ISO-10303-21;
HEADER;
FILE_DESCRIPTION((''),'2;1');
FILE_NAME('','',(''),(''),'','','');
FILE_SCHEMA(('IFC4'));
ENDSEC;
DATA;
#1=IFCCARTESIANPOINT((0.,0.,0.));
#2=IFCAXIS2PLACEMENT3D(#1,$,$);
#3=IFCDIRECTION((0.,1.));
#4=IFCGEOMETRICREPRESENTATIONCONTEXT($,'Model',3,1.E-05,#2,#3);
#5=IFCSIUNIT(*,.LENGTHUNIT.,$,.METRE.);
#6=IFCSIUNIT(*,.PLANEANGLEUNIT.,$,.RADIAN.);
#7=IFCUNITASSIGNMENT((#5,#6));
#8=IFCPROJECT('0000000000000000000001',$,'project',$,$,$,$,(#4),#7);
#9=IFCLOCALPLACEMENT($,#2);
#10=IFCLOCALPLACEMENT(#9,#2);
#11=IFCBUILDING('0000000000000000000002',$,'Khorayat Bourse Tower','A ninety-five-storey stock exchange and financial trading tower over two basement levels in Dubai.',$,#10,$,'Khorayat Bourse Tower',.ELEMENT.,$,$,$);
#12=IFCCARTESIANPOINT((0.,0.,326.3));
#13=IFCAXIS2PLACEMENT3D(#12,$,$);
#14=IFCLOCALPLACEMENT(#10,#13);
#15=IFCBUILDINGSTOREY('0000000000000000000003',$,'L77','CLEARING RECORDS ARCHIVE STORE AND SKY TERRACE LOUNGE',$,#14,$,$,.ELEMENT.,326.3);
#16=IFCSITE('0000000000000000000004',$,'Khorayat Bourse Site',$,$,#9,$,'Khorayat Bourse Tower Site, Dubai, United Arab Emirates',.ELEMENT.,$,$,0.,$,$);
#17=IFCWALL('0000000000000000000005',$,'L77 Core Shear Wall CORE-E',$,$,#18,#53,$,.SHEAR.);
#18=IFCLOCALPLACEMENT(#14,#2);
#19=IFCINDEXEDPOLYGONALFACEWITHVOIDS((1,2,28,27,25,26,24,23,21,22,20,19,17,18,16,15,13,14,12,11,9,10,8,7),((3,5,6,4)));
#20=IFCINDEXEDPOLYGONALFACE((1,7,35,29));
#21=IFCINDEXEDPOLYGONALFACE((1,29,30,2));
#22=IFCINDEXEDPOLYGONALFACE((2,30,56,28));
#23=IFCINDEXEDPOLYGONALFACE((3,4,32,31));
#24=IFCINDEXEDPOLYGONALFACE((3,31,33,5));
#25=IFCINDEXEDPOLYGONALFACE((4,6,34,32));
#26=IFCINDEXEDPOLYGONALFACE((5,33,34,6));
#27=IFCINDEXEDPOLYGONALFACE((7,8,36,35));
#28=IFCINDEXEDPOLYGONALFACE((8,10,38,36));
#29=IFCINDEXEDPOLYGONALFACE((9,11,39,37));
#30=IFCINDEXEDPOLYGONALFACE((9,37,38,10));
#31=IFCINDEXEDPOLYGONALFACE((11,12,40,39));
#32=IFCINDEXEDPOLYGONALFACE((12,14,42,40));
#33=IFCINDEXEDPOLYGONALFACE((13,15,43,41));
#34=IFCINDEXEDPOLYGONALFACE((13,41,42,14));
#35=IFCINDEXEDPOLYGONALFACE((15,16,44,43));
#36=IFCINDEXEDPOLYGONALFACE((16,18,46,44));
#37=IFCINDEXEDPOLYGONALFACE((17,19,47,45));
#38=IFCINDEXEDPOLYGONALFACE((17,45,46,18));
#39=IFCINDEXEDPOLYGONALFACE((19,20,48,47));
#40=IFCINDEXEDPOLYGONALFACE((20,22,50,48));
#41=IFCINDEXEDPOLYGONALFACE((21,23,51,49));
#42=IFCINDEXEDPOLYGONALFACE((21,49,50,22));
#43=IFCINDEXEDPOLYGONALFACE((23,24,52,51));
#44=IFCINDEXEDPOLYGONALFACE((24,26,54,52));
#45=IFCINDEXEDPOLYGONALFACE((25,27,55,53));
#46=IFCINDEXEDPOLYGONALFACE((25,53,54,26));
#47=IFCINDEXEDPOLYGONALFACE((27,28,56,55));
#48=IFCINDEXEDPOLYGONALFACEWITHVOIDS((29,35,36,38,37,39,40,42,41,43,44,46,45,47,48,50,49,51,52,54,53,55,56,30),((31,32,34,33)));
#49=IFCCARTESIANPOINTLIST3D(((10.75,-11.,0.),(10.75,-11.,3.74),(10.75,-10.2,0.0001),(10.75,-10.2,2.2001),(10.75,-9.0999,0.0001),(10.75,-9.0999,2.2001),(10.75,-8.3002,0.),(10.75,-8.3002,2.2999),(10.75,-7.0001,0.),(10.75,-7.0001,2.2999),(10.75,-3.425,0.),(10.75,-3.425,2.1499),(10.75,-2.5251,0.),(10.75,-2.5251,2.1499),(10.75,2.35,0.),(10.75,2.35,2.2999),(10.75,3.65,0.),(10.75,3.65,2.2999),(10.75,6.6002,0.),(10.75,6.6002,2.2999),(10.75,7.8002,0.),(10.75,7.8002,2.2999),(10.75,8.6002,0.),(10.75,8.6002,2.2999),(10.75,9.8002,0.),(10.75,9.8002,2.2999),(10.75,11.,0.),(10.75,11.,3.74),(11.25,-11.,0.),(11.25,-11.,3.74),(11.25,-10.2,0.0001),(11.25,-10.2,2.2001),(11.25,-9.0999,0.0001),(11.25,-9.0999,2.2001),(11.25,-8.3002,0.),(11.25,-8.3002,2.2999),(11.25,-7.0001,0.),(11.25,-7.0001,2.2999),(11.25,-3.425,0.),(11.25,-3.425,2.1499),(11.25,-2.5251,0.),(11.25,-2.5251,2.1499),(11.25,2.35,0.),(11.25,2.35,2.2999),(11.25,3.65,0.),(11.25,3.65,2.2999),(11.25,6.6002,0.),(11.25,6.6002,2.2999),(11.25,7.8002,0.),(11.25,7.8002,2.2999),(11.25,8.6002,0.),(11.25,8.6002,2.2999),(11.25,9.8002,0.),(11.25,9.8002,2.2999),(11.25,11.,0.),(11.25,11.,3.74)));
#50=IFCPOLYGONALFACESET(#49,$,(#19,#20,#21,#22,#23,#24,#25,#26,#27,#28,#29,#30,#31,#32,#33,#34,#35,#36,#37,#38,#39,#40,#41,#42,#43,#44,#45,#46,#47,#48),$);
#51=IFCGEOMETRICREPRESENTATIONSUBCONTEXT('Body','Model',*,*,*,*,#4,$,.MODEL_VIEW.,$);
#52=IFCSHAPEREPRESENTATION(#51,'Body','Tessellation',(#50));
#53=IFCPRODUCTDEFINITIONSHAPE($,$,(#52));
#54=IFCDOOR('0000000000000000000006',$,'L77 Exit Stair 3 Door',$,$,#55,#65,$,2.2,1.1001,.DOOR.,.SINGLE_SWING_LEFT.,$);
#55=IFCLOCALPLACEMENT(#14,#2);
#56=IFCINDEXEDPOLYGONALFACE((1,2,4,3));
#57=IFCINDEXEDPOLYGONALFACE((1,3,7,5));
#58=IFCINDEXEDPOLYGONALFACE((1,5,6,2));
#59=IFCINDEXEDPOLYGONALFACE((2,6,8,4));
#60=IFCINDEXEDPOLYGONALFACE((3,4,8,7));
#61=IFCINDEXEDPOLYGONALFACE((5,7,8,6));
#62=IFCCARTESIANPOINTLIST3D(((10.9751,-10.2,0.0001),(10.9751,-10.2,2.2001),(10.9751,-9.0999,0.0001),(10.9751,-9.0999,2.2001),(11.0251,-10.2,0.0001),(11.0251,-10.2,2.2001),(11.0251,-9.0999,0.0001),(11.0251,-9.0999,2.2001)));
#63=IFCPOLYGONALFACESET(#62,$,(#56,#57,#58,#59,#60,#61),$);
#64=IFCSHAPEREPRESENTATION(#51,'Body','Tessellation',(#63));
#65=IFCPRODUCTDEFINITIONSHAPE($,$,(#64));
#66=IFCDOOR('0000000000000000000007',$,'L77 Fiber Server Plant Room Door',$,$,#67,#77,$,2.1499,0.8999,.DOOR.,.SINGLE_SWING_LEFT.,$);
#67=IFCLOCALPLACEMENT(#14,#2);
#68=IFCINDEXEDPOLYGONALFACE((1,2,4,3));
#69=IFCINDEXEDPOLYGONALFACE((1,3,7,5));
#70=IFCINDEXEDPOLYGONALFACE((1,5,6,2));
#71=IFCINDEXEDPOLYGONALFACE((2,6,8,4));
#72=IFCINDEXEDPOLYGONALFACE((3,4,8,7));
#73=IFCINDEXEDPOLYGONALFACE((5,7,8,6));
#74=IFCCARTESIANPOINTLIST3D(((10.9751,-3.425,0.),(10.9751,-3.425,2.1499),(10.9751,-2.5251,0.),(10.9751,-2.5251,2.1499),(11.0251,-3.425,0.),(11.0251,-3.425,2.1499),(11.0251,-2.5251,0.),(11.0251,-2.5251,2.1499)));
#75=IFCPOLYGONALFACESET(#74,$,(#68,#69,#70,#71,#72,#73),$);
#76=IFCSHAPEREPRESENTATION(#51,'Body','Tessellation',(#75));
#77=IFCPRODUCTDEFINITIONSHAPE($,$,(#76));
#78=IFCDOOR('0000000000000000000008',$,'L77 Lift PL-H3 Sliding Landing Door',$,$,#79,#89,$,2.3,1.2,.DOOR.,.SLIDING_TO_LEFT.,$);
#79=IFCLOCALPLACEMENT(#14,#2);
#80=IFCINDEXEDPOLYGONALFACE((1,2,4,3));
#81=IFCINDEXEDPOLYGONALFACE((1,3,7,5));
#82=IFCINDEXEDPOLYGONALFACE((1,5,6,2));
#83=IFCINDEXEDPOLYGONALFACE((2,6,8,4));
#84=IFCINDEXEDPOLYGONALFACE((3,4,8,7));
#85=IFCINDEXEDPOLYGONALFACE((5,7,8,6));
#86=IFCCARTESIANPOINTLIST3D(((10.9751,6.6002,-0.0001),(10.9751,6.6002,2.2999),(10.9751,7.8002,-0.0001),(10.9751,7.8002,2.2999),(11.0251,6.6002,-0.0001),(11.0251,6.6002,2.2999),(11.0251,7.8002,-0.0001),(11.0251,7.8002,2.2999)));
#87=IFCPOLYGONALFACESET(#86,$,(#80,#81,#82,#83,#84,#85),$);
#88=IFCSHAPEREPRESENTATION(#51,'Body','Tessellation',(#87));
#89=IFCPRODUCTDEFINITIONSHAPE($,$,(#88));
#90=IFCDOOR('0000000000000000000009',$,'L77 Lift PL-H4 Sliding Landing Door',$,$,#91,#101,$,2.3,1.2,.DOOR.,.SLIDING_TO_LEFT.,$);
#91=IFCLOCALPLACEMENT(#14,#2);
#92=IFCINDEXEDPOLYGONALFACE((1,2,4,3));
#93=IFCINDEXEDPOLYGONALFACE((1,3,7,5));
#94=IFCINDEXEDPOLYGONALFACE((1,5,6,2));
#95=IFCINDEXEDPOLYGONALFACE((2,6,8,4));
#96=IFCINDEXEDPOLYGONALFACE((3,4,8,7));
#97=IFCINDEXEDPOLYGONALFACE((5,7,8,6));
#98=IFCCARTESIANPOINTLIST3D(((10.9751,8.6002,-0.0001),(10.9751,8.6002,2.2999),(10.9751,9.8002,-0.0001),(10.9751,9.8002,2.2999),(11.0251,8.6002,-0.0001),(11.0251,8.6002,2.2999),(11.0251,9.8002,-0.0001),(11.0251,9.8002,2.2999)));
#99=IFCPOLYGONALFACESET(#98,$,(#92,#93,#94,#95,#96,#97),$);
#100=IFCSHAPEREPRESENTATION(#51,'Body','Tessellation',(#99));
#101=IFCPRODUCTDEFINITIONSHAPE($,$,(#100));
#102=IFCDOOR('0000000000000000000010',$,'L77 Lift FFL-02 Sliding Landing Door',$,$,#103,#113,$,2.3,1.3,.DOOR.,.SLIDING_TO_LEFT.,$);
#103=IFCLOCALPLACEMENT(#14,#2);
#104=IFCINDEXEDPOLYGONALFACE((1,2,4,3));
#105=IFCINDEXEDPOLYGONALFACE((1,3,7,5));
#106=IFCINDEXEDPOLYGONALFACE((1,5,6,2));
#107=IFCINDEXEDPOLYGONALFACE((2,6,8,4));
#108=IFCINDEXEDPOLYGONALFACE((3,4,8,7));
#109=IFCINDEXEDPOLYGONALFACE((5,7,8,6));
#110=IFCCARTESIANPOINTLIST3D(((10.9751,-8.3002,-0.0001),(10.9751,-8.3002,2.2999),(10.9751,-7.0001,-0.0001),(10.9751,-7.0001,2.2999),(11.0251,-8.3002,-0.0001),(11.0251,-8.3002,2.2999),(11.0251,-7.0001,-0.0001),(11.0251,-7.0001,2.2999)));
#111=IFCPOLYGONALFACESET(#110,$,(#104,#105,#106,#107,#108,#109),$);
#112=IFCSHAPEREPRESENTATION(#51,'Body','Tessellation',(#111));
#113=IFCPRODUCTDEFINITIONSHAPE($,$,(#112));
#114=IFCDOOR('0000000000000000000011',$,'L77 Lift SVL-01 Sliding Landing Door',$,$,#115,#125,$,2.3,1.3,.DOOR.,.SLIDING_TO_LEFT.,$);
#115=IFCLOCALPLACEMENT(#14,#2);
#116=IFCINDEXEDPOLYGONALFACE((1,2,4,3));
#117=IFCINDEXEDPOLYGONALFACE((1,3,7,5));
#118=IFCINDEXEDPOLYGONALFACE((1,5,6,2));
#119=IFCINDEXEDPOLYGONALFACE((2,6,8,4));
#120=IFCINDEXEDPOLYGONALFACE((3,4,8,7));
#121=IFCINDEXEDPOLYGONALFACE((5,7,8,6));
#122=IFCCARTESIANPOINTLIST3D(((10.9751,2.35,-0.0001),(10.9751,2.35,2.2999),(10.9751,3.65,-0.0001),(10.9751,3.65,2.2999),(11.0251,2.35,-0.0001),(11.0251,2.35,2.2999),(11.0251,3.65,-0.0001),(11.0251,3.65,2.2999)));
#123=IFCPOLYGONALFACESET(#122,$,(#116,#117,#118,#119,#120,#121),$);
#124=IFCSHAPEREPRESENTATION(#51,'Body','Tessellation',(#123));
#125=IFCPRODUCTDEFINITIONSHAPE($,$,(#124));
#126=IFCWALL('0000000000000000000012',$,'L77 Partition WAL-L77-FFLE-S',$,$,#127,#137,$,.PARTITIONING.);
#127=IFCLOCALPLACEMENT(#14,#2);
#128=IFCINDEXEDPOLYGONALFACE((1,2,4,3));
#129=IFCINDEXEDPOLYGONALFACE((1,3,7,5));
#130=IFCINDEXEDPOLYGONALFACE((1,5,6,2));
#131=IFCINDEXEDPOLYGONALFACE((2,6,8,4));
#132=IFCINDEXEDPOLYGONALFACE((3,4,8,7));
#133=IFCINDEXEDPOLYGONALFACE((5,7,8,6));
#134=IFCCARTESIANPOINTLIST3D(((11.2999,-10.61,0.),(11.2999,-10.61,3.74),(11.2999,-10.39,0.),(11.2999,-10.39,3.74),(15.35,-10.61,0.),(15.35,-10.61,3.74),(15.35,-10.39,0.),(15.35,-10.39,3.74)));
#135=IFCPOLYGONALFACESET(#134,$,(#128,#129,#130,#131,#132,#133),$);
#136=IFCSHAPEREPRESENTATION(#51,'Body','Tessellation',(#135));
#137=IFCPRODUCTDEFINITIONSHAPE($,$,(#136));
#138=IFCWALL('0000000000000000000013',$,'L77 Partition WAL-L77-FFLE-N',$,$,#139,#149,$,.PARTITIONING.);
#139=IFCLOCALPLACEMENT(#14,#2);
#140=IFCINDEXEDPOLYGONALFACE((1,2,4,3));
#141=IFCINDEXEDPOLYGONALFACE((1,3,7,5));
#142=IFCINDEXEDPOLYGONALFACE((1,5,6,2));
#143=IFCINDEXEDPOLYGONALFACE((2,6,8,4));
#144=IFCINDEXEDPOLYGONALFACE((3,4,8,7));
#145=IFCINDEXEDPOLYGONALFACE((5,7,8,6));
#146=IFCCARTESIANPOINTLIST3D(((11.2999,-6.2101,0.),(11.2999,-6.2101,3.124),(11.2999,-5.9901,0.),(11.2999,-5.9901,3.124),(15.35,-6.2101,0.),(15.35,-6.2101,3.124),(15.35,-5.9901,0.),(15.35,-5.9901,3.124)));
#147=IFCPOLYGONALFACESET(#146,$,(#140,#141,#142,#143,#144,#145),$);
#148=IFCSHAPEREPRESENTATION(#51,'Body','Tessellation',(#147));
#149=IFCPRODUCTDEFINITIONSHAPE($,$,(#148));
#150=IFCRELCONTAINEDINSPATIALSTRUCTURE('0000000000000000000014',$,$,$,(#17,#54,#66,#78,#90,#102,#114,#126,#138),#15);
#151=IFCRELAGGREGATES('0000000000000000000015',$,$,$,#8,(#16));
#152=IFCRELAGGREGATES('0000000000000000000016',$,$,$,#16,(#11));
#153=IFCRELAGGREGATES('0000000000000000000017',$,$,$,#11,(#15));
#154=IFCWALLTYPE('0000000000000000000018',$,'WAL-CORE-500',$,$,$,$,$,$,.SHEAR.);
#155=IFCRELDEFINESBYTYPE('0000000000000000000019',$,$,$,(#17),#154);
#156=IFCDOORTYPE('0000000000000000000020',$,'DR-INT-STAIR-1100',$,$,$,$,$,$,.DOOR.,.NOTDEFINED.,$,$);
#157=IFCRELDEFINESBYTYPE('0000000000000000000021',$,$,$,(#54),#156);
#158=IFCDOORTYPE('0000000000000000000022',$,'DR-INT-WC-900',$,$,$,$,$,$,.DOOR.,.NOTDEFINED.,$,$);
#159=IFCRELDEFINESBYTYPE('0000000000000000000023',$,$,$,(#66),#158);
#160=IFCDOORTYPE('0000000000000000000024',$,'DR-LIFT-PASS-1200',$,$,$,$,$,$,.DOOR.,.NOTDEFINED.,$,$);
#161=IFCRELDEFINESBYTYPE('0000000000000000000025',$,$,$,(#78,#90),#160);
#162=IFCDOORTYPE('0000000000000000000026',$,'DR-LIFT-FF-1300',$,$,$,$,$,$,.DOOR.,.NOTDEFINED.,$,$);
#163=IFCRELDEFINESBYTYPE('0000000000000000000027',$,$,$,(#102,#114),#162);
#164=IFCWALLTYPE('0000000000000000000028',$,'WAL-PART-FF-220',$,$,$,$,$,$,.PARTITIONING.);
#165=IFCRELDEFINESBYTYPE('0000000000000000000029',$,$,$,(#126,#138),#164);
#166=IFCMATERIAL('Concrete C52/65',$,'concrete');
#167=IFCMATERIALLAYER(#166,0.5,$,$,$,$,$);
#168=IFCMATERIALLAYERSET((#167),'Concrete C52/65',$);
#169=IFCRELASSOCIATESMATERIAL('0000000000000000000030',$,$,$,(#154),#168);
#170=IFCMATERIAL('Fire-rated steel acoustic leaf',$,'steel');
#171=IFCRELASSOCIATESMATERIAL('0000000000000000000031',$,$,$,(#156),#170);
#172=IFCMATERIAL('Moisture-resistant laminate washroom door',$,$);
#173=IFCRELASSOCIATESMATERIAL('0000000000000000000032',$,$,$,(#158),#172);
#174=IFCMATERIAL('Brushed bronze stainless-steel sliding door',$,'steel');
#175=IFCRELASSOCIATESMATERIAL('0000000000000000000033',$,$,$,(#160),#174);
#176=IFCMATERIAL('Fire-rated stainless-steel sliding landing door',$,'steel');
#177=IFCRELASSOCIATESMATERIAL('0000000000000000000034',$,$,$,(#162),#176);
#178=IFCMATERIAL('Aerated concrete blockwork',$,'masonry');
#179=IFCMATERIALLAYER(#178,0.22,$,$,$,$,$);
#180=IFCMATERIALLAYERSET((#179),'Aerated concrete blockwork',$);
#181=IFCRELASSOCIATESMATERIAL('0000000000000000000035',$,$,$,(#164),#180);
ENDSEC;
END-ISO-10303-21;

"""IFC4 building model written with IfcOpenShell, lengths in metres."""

from ifc_helpers import new_model, si_unit, direction, frame, frame_2d, origin, place, context, subcontext, project, spatial, rectangle, extrude, source, transform, mapped, material, layer, layer_set, type_object, element, fill, save


model = new_model("IFC4")

# Units and contexts
model_context = context("Model", 3, precision=1e-05, world=origin(), true_north=direction((0.0, 1.0)))
body_context = subcontext(model_context, "Body", "Model", "MODEL_VIEW")
ifc_project = project(units=[si_unit("LENGTHUNIT", "METRE"), si_unit("PLANEANGLEUNIT", "RADIAN")], contexts=[model_context])

# Site, building, storey
site_placement = place(None, origin())
site = spatial("IfcSite", under=ifc_project, at=site_placement, Name="Khorayat Bourse Site", LongName="Khorayat Bourse Tower Site, Dubai, United Arab Emirates", CompositionType="ELEMENT", RefElevation=0.0)
building_placement = place(site_placement, origin())
building = spatial("IfcBuilding", under=site, at=building_placement, Name="Khorayat Bourse Tower", Description="A ninety-five-storey stock exchange and financial trading tower over two basement levels in Dubai.", LongName="Khorayat Bourse Tower", CompositionType="ELEMENT")
storey_placement = place(building_placement, frame((0.0, 0.0, 326.3)))
storey = spatial("IfcBuildingStorey", under=building, at=storey_placement, Name="L77", Description="CLEARING RECORDS ARCHIVE STORE AND SKY TERRACE LOUNGE", CompositionType="ELEMENT", Elevation=326.3)

# Shared definitions
ifc_material_1 = material(Name="Concrete C52/65", Category="concrete")

# Wall, openings, doors
ifc_layer_1 = layer(ifc_material_1, 0.5)
ifc_layer_set_1 = layer_set([ifc_layer_1], Name="Concrete C52/65")
wall_type_1 = type_object("IfcWallType", Name="WAL-CORE-500", PredefinedType="SHEAR", material=ifc_layer_set_1)
shared_shape_1 = source(origin(), body_context, "Body", "SweptSolid", [
    extrude(rectangle(XDim=22.0, YDim=0.5, at=frame_2d((11.0, 0.0))), origin(), (0.0, 0.0, 1.0), 3.74),
])
wall_1_placement = place(storey_placement, frame((11.0, -11.0, 0.0), z_axis=(0.0, 0.0, 1.0), x_axis=(0.0, 1.0, 0.0)))
wall_1 = element("IfcWall", 1, at=wall_1_placement, inside=storey, type_object=wall_type_1, Name="L77 Core Shear Wall CORE-E", PredefinedType="SHEAR", context=body_context, shape_type="MappedRepresentation", body=[
    mapped(shared_shape_1, transform((0.0, 0.0, 0.0), scale=1.0)),
])
shared_shape_2 = source(origin(), body_context, "Body", "SweptSolid", [
    extrude(rectangle(XDim=1.1001, YDim=2.2, at=frame_2d((0.55, 1.1001))), frame((0.0, 0.26, 0.0), z_axis=(0.0, -1.0, 0.0), x_axis=(1.0, 0.0, 0.0)), (0.0, 0.0, 1.0), 0.52),
])
opening_1_placement = place(wall_1_placement, frame((0.8, 0.0, 0.0)))
opening_1 = element("IfcOpeningElement", 2, at=opening_1_placement, cuts=wall_1, PredefinedType="OPENING", context=body_context, shape_type="MappedRepresentation", body=[
    mapped(shared_shape_2, transform((0.0, 0.0, 0.0), scale=1.0)),
])
shared_shape_3 = source(origin(), body_context, "Body", "SweptSolid", [
    extrude(rectangle(XDim=0.8999, YDim=2.1499, at=frame_2d((0.45, 1.075))), frame((0.0, 0.26, 0.0), z_axis=(0.0, -1.0, 0.0), x_axis=(1.0, 0.0, 0.0)), (0.0, 0.0, 1.0), 0.52),
])
opening_2_placement = place(wall_1_placement, frame((7.575, 0.0, 0.0)))
opening_2 = element("IfcOpeningElement", 3, at=opening_2_placement, cuts=wall_1, PredefinedType="OPENING", context=body_context, shape_type="MappedRepresentation", body=[
    mapped(shared_shape_3, transform((0.0, 0.0, 0.0), scale=1.0)),
])
shared_shape_4 = source(origin(), body_context, "Body", "SweptSolid", [
    extrude(rectangle(XDim=1.2, YDim=2.3, at=frame_2d((0.6001, 1.1499))), frame((0.0, 0.26, 0.0), z_axis=(0.0, -1.0, 0.0), x_axis=(1.0, 0.0, 0.0)), (0.0, 0.0, 1.0), 0.52),
])
opening_3_placement = place(wall_1_placement, frame((17.6001, 0.0, 0.0)))
opening_3 = element("IfcOpeningElement", 4, at=opening_3_placement, cuts=wall_1, PredefinedType="OPENING", context=body_context, shape_type="MappedRepresentation", body=[
    mapped(shared_shape_4, transform((0.0, 0.0, 0.0), scale=1.0)),
])
opening_4_placement = place(wall_1_placement, frame((19.6001, 0.0, 0.0)))
opening_4 = element("IfcOpeningElement", 5, at=opening_4_placement, cuts=wall_1, PredefinedType="OPENING", context=body_context, shape_type="MappedRepresentation", body=[
    mapped(shared_shape_4, transform((0.0, 0.0, 0.0), scale=1.0)),
])
shared_shape_5 = source(origin(), body_context, "Body", "SweptSolid", [
    extrude(rectangle(XDim=1.3, YDim=2.3, at=frame_2d((0.6499, 1.1499))), frame((0.0, 0.26, 0.0), z_axis=(0.0, -1.0, 0.0), x_axis=(1.0, 0.0, 0.0)), (0.0, 0.0, 1.0), 0.52),
])
opening_5_placement = place(wall_1_placement, frame((2.7, 0.0, 0.0)))
opening_5 = element("IfcOpeningElement", 6, at=opening_5_placement, cuts=wall_1, PredefinedType="OPENING", context=body_context, shape_type="MappedRepresentation", body=[
    mapped(shared_shape_5, transform((0.0, 0.0, 0.0), scale=1.0)),
])
opening_6_placement = place(wall_1_placement, frame((13.3501, 0.0, 0.0)))
opening_6 = element("IfcOpeningElement", 7, at=opening_6_placement, cuts=wall_1, PredefinedType="OPENING", context=body_context, shape_type="MappedRepresentation", body=[
    mapped(shared_shape_5, transform((0.0, 0.0, 0.0), scale=1.0)),
])
ifc_material_2 = material(Name="Fire-rated steel acoustic leaf", Category="steel")
door_type_1 = type_object("IfcDoorType", Name="DR-INT-STAIR-1100", OperationType="NOTDEFINED", PredefinedType="DOOR", material=ifc_material_2)
shared_shape_6 = source(origin(), body_context, "Body", "SweptSolid", [
    extrude(rectangle(XDim=1.1001, YDim=2.2, at=frame_2d((0.55, 1.1001))), frame((0.0, 0.0249, 0.0), z_axis=(0.0, -1.0, 0.0), x_axis=(1.0, 0.0, 0.0)), (0.0, 0.0, 1.0), 0.05),
])
door_1_placement = place(opening_1_placement, origin())
door_1 = element("IfcDoor", 8, at=door_1_placement, inside=storey, type_object=door_type_1, Name="L77 Exit Stair 3 Door", OperationType="SINGLE_SWING_LEFT", OverallHeight=2.2, OverallWidth=1.1001, PredefinedType="DOOR", context=body_context, shape_type="MappedRepresentation", body=[
    mapped(shared_shape_6, transform((0.0, 0.0, 0.0), scale=1.0)),
])
fill(opening_1, door_1)
ifc_material_3 = material(Name="Moisture-resistant laminate washroom door")
door_type_2 = type_object("IfcDoorType", Name="DR-INT-WC-900", OperationType="NOTDEFINED", PredefinedType="DOOR", material=ifc_material_3)
shared_shape_7 = source(origin(), body_context, "Body", "SweptSolid", [
    extrude(rectangle(XDim=0.8999, YDim=2.1499, at=frame_2d((0.45, 1.075))), frame((0.0, 0.0249, 0.0), z_axis=(0.0, -1.0, 0.0), x_axis=(1.0, 0.0, 0.0)), (0.0, 0.0, 1.0), 0.05),
])
door_2_placement = place(opening_2_placement, origin())
door_2 = element("IfcDoor", 9, at=door_2_placement, inside=storey, type_object=door_type_2, Name="L77 Fiber Server Plant Room Door", OperationType="SINGLE_SWING_LEFT", OverallHeight=2.1499, OverallWidth=0.8999, PredefinedType="DOOR", context=body_context, shape_type="MappedRepresentation", body=[
    mapped(shared_shape_7, transform((0.0, 0.0, 0.0), scale=1.0)),
])
fill(opening_2, door_2)
ifc_material_4 = material(Name="Brushed bronze stainless-steel sliding door", Category="steel")
door_type_3 = type_object("IfcDoorType", Name="DR-LIFT-PASS-1200", OperationType="NOTDEFINED", PredefinedType="DOOR", material=ifc_material_4)
shared_shape_8 = source(origin(), body_context, "Body", "SweptSolid", [
    extrude(rectangle(XDim=1.2, YDim=2.3, at=frame_2d((0.6001, 1.1499))), frame((0.0, 0.0249, 0.0), z_axis=(0.0, -1.0, 0.0), x_axis=(1.0, 0.0, 0.0)), (0.0, 0.0, 1.0), 0.05),
])
door_3_placement = place(opening_3_placement, origin())
door_3 = element("IfcDoor", 10, at=door_3_placement, inside=storey, type_object=door_type_3, Name="L77 Lift PL-H3 Sliding Landing Door", OperationType="SLIDING_TO_LEFT", OverallHeight=2.3, OverallWidth=1.2, PredefinedType="DOOR", context=body_context, shape_type="MappedRepresentation", body=[
    mapped(shared_shape_8, transform((0.0, 0.0, 0.0), scale=1.0)),
])
fill(opening_3, door_3)
door_4_placement = place(opening_4_placement, origin())
door_4 = element("IfcDoor", 11, at=door_4_placement, inside=storey, type_object=door_type_3, Name="L77 Lift PL-H4 Sliding Landing Door", OperationType="SLIDING_TO_LEFT", OverallHeight=2.3, OverallWidth=1.2, PredefinedType="DOOR", context=body_context, shape_type="MappedRepresentation", body=[
    mapped(shared_shape_8, transform((0.0, 0.0, 0.0), scale=1.0)),
])
fill(opening_4, door_4)
ifc_material_5 = material(Name="Fire-rated stainless-steel sliding landing door", Category="steel")
door_type_4 = type_object("IfcDoorType", Name="DR-LIFT-FF-1300", OperationType="NOTDEFINED", PredefinedType="DOOR", material=ifc_material_5)
shared_shape_9 = source(origin(), body_context, "Body", "SweptSolid", [
    extrude(rectangle(XDim=1.3, YDim=2.3, at=frame_2d((0.6499, 1.1499))), frame((0.0, 0.0249, 0.0), z_axis=(0.0, -1.0, 0.0), x_axis=(1.0, 0.0, 0.0)), (0.0, 0.0, 1.0), 0.05),
])
door_5_placement = place(opening_5_placement, origin())
door_5 = element("IfcDoor", 12, at=door_5_placement, inside=storey, type_object=door_type_4, Name="L77 Lift FFL-02 Sliding Landing Door", OperationType="SLIDING_TO_LEFT", OverallHeight=2.3, OverallWidth=1.3, PredefinedType="DOOR", context=body_context, shape_type="MappedRepresentation", body=[
    mapped(shared_shape_9, transform((0.0, 0.0, 0.0), scale=1.0)),
])
fill(opening_5, door_5)
door_6_placement = place(opening_6_placement, origin())
door_6 = element("IfcDoor", 13, at=door_6_placement, inside=storey, type_object=door_type_4, Name="L77 Lift SVL-01 Sliding Landing Door", OperationType="SLIDING_TO_LEFT", OverallHeight=2.3, OverallWidth=1.3, PredefinedType="DOOR", context=body_context, shape_type="MappedRepresentation", body=[
    mapped(shared_shape_9, transform((0.0, 0.0, 0.0), scale=1.0)),
])
fill(opening_6, door_6)

# Walls
ifc_material_6 = material(Name="Aerated concrete blockwork", Category="masonry")
ifc_layer_2 = layer(ifc_material_6, 0.22)
ifc_layer_set_2 = layer_set([ifc_layer_2], Name="Aerated concrete blockwork")
wall_type_2 = type_object("IfcWallType", Name="WAL-PART-FF-220", PredefinedType="PARTITIONING", material=ifc_layer_set_2)
shared_shape_10 = source(origin(), body_context, "Body", "SweptSolid", [
    extrude(rectangle(XDim=4.05, YDim=0.22, at=frame_2d((2.0249, 0.0))), origin(), (0.0, 0.0, 1.0), 3.74),
])
wall_2_placement = place(storey_placement, frame((11.3, -10.5, 0.0), z_axis=(0.0, 0.0, 1.0), x_axis=(1.0, 0.0, 0.0)))
element("IfcWall", 14, at=wall_2_placement, inside=storey, type_object=wall_type_2, Name="L77 Partition WAL-L77-FFLE-S", PredefinedType="PARTITIONING", context=body_context, shape_type="MappedRepresentation", body=[
    mapped(shared_shape_10, transform((0.0, 0.0, 0.0), scale=1.0)),
])
shared_shape_11 = source(origin(), body_context, "Body", "SweptSolid", [
    extrude(rectangle(XDim=4.05, YDim=0.22, at=frame_2d((2.0249, 0.0))), origin(), (0.0, 0.0, 1.0), 3.124),
])
wall_3_placement = place(storey_placement, frame((11.3, -6.1001, 0.0), z_axis=(0.0, 0.0, 1.0), x_axis=(1.0, 0.0, 0.0)))
element("IfcWall", 15, at=wall_3_placement, inside=storey, type_object=wall_type_2, Name="L77 Partition WAL-L77-FFLE-N", PredefinedType="PARTITIONING", context=body_context, shape_type="MappedRepresentation", body=[
    mapped(shared_shape_11, transform((0.0, 0.0, 0.0), scale=1.0)),
])

save(model, "model.ifc")
